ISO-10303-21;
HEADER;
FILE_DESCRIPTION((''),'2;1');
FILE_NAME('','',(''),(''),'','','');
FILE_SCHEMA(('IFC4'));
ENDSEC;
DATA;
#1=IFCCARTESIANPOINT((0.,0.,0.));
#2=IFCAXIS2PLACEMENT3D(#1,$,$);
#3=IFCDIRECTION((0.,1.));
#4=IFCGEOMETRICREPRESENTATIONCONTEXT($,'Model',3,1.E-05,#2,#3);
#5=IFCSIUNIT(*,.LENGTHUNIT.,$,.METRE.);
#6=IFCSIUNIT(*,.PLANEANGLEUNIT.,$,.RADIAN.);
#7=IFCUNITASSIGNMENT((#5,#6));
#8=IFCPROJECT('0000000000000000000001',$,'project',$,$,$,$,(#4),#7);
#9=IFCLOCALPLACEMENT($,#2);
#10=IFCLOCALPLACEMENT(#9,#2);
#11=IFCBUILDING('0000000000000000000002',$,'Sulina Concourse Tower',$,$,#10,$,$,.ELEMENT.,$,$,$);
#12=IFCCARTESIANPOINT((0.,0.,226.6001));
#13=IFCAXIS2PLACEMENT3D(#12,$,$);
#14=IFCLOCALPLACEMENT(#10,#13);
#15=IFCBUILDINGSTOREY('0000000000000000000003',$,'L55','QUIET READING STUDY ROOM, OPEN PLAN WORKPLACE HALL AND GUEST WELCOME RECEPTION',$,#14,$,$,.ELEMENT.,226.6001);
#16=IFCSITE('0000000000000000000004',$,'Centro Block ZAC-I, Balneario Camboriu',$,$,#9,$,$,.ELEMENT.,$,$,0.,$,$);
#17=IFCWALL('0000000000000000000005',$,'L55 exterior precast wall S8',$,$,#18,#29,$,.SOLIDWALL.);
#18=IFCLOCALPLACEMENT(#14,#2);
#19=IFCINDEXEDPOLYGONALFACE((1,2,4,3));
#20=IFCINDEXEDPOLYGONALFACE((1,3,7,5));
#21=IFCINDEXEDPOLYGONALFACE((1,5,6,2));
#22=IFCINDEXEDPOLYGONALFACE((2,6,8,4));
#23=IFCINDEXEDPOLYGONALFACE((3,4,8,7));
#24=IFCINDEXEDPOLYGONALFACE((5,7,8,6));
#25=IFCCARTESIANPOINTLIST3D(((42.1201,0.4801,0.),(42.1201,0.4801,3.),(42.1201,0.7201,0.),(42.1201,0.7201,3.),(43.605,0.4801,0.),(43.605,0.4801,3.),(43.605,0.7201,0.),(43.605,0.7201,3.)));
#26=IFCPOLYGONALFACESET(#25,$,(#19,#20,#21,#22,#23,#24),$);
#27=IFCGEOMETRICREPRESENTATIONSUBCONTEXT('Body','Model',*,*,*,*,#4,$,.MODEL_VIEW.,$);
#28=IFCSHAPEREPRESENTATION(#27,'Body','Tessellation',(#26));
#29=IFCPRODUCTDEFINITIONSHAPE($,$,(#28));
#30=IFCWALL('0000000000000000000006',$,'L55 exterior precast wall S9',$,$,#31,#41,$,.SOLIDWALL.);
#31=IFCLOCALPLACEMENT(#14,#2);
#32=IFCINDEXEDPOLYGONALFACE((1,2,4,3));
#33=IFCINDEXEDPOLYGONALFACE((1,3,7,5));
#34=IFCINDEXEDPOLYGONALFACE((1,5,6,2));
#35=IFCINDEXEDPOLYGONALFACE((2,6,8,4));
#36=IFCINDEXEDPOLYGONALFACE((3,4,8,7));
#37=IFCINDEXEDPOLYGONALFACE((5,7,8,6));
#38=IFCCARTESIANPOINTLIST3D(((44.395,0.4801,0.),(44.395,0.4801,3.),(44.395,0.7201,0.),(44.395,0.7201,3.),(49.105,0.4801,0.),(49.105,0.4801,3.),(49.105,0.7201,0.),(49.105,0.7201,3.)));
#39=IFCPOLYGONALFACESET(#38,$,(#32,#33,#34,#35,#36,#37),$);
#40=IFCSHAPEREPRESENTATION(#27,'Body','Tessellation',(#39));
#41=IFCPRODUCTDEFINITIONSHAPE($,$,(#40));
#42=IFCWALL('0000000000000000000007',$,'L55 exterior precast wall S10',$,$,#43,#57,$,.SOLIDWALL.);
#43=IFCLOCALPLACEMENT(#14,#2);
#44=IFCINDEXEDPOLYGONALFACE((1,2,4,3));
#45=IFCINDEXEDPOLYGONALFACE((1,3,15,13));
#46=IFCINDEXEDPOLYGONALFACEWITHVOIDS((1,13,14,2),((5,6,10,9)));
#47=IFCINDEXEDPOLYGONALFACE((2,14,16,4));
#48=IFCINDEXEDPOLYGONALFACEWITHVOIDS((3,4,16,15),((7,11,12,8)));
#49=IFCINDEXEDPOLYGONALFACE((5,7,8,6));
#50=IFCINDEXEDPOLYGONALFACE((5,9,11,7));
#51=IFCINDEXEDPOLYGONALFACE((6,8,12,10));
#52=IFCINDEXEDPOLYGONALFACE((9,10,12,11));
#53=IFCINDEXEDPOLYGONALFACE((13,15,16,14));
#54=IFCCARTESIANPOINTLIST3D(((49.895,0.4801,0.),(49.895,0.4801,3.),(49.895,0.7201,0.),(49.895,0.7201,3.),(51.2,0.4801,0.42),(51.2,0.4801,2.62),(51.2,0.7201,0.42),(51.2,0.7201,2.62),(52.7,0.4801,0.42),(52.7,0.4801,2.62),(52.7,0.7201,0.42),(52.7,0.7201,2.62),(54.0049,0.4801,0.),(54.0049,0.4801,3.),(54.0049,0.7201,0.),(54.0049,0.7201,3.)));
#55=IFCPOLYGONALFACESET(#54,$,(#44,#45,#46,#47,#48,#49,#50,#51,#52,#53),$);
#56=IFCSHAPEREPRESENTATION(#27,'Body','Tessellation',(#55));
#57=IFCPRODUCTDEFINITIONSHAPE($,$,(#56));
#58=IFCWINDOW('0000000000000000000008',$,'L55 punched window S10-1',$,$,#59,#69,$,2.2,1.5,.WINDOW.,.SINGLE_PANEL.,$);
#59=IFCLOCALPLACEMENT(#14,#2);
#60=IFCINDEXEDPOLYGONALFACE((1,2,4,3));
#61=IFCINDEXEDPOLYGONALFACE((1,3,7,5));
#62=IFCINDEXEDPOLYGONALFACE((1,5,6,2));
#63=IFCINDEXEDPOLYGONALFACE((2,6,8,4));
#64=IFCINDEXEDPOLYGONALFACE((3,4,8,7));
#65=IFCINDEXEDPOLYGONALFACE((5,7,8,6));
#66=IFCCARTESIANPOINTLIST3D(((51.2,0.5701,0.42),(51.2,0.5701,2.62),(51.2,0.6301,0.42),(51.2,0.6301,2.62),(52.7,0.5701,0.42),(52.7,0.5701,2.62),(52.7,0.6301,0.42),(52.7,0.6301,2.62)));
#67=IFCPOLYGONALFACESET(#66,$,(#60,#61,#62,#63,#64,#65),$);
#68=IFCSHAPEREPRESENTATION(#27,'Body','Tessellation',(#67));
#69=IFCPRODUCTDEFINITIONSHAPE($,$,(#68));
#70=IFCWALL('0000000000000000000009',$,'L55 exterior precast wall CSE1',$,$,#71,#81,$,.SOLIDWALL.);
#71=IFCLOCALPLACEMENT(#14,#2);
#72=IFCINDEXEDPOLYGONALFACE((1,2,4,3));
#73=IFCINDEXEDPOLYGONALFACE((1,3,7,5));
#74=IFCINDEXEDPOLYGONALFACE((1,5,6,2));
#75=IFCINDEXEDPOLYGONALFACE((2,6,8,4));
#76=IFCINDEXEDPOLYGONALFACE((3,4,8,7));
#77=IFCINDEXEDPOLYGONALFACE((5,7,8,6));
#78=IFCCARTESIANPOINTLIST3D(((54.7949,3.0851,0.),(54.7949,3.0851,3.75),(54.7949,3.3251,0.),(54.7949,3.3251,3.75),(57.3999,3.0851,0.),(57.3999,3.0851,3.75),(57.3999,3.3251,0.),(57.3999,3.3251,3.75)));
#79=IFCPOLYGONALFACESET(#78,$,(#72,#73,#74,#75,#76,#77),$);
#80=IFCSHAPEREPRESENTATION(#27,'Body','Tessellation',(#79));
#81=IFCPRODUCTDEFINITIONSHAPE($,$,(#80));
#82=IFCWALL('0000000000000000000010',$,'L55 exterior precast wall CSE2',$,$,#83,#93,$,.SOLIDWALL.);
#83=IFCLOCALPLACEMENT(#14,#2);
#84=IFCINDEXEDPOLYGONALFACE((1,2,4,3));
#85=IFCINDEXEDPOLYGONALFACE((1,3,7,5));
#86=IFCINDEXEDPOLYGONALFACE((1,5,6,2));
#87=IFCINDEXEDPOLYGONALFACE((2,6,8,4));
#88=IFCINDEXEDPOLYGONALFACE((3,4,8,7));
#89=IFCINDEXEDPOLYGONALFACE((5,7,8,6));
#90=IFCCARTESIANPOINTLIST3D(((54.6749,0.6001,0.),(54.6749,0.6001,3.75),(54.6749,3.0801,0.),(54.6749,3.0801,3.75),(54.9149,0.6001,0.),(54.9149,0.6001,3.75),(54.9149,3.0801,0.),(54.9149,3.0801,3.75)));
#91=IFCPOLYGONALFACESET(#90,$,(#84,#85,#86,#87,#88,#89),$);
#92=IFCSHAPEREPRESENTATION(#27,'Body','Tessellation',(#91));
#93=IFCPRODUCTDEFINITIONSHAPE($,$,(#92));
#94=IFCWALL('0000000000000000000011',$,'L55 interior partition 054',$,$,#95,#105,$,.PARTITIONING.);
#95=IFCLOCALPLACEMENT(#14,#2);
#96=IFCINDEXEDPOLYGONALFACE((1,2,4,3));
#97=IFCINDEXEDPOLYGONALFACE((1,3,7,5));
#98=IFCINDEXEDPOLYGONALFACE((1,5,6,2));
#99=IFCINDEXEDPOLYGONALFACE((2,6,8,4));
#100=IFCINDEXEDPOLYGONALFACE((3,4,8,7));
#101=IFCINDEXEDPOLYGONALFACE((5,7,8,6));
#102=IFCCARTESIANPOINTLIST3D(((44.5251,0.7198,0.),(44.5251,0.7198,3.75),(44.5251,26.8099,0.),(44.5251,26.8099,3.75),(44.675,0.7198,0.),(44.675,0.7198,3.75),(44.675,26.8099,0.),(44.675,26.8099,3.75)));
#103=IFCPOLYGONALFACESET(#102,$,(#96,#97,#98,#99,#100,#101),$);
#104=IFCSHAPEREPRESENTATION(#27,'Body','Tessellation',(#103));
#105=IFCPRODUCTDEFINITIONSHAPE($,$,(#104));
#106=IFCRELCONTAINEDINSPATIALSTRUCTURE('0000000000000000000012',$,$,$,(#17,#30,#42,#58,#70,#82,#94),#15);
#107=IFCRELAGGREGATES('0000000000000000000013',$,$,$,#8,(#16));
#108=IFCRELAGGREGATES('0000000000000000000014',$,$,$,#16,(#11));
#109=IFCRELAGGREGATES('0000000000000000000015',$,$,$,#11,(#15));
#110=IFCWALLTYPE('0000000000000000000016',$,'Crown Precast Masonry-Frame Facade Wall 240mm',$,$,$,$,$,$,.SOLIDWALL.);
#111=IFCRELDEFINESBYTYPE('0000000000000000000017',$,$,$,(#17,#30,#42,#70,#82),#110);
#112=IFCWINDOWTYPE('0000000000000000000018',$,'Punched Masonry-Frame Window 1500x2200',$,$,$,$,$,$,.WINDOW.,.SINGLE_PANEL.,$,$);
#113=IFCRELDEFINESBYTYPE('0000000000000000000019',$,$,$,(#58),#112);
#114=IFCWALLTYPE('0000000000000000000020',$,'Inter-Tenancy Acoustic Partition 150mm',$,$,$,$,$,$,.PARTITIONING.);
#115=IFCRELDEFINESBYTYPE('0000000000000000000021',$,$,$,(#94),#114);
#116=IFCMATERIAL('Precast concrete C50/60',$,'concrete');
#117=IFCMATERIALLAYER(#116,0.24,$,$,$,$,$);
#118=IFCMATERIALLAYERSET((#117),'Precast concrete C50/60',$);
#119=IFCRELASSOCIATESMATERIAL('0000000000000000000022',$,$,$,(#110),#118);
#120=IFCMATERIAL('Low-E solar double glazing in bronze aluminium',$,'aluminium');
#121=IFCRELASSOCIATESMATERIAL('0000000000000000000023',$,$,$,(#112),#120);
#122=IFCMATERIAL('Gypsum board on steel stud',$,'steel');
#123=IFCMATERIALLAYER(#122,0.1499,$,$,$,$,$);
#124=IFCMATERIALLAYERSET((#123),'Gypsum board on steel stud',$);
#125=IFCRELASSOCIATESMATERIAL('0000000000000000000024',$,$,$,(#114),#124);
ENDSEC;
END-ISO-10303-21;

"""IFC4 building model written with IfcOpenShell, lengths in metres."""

from ifc_helpers import new_model, si_unit, direction, frame, frame_2d, origin, place, context, subcontext, project, spatial, rectangle, extrude, material, layer, layer_set, type_object, element, fill, save


model = new_model("IFC4")

# Units and contexts
model_context = context("Model", 3, precision=1e-05, world=origin(), true_north=direction((0.0, 1.0)))
body_context = subcontext(model_context, "Body", "Model", "MODEL_VIEW")
ifc_project = project(units=[si_unit("LENGTHUNIT", "METRE"), si_unit("PLANEANGLEUNIT", "RADIAN")], contexts=[model_context])

# Site, building, storey
site_placement = place(None, origin())
site = spatial("IfcSite", under=ifc_project, at=site_placement, Name="Centro Block ZAC-I, Balneario Camboriu", CompositionType="ELEMENT", RefElevation=0.0)
building_placement = place(site_placement, origin())
building = spatial("IfcBuilding", under=site, at=building_placement, Name="Sulina Concourse Tower", CompositionType="ELEMENT")
storey_placement = place(building_placement, frame((0.0, 0.0, 226.6001)))
storey = spatial("IfcBuildingStorey", under=building, at=storey_placement, Name="L55", Description="QUIET READING STUDY ROOM, OPEN PLAN WORKPLACE HALL AND GUEST WELCOME RECEPTION", CompositionType="ELEMENT", Elevation=226.6001)

# Walls
ifc_material_1 = material(Name="Precast concrete C50/60", Category="concrete")
ifc_layer_1 = layer(ifc_material_1, 0.24)
ifc_layer_set_1 = layer_set([ifc_layer_1], Name="Precast concrete C50/60")
wall_type_1 = type_object("IfcWallType", Name="Crown Precast Masonry-Frame Facade Wall 240mm", PredefinedType="SOLIDWALL", material=ifc_layer_set_1)
wall_1_placement = place(storey_placement, frame((43.605, 0.6001, 0.0), z_axis=(0.0, 0.0, 1.0), x_axis=(-1.0, 0.0, 0.0)))
element("IfcWall", 1, at=wall_1_placement, inside=storey, type_object=wall_type_1, Name="L55 exterior precast wall S8", PredefinedType="SOLIDWALL", context=body_context, shape_type="SweptSolid", body=[
    extrude(rectangle(XDim=1.4849, YDim=0.24, at=frame_2d((0.7424, 0.0))), origin(), (0.0, 0.0, 1.0), 3.0),
])
wall_2_placement = place(storey_placement, frame((49.105, 0.6001, 0.0), z_axis=(0.0, 0.0, 1.0), x_axis=(-1.0, 0.0, 0.0)))
element("IfcWall", 2, at=wall_2_placement, inside=storey, type_object=wall_type_1, Name="L55 exterior precast wall S9", PredefinedType="SOLIDWALL", context=body_context, shape_type="SweptSolid", body=[
    extrude(rectangle(XDim=4.71, YDim=0.24, at=frame_2d((2.355, 0.0))), origin(), (0.0, 0.0, 1.0), 3.0),
])

# Wall, opening, window
wall_3_placement = place(storey_placement, frame((54.0049, 0.6001, 0.0), z_axis=(0.0, 0.0, 1.0), x_axis=(-1.0, 0.0, 0.0)))
wall_3 = element("IfcWall", 3, at=wall_3_placement, inside=storey, type_object=wall_type_1, Name="L55 exterior precast wall S10", PredefinedType="SOLIDWALL", context=body_context, shape_type="SweptSolid", body=[
    extrude(rectangle(XDim=4.1099, YDim=0.24, at=frame_2d((2.0549, 0.0))), origin(), (0.0, 0.0, 1.0), 3.0),
])
opening_placement = place(wall_3_placement, frame((1.3049, 0.0, 0.4199)))
opening = element("IfcOpeningElement", 4, at=opening_placement, cuts=wall_3, PredefinedType="OPENING", context=body_context, shape_type="SweptSolid", body=[
    extrude(rectangle(XDim=1.5, YDim=2.2, at=frame_2d((0.75, 1.1001))), frame((0.0, 0.1299, 0.0), z_axis=(0.0, -1.0, 0.0), x_axis=(1.0, 0.0, 0.0)), (0.0, 0.0, 1.0), 0.26),
])
ifc_material_2 = material(Name="Low-E solar double glazing in bronze aluminium", Category="aluminium")
window_type = type_object("IfcWindowType", Name="Punched Masonry-Frame Window 1500x2200", PartitioningType="SINGLE_PANEL", PredefinedType="WINDOW", material=ifc_material_2)
window_placement = place(opening_placement, origin())
window = element("IfcWindow", 5, at=window_placement, inside=storey, type_object=window_type, Name="L55 punched window S10-1", OverallHeight=2.2, OverallWidth=1.5, PartitioningType="SINGLE_PANEL", PredefinedType="WINDOW", context=body_context, shape_type="SweptSolid", body=[
    extrude(rectangle(XDim=1.5, YDim=2.2, at=frame_2d((0.75, 1.1001))), frame((0.0, 0.03, 0.0), z_axis=(0.0, -1.0, 0.0), x_axis=(1.0, 0.0, 0.0)), (0.0, 0.0, 1.0), 0.0601),
])
fill(opening, window)

# Walls
wall_4_placement = place(storey_placement, frame((57.3999, 3.2051, 0.0), z_axis=(0.0, 0.0, 1.0), x_axis=(-1.0, 0.0, 0.0)))
element("IfcWall", 6, at=wall_4_placement, inside=storey, type_object=wall_type_1, Name="L55 exterior precast wall CSE1", PredefinedType="SOLIDWALL", context=body_context, shape_type="SweptSolid", body=[
    extrude(rectangle(XDim=2.605, YDim=0.24, at=frame_2d((1.3025, 0.0))), origin(), (0.0, 0.0, 1.0), 3.75),
])
wall_5_placement = place(storey_placement, frame((54.7949, 3.0801, 0.0), z_axis=(0.0, 0.0, 1.0), x_axis=(0.0, -1.0, 0.0)))
element("IfcWall", 7, at=wall_5_placement, inside=storey, type_object=wall_type_1, Name="L55 exterior precast wall CSE2", PredefinedType="SOLIDWALL", context=body_context, shape_type="SweptSolid", body=[
    extrude(rectangle(XDim=2.48, YDim=0.24, at=frame_2d((1.24, 0.0))), origin(), (0.0, 0.0, 1.0), 3.75),
])
ifc_material_3 = material(Name="Gypsum board on steel stud", Category="steel")
ifc_layer_2 = layer(ifc_material_3, 0.1499)
ifc_layer_set_2 = layer_set([ifc_layer_2], Name="Gypsum board on steel stud")
wall_type_2 = type_object("IfcWallType", Name="Inter-Tenancy Acoustic Partition 150mm", PredefinedType="PARTITIONING", material=ifc_layer_set_2)
wall_6_placement = place(storey_placement, frame((44.6001, 0.72, 0.0), z_axis=(0.0, 0.0, 1.0), x_axis=(0.0, 1.0, 0.0)))
element("IfcWall", 8, at=wall_6_placement, inside=storey, type_object=wall_type_2, Name="L55 interior partition 054", PredefinedType="PARTITIONING", context=body_context, shape_type="SweptSolid", body=[
    extrude(rectangle(XDim=26.0901, YDim=0.1499, at=frame_2d((13.0449, 0.0))), origin(), (0.0, 0.0, 1.0), 3.75),
])

save(model, "model.ifc")
